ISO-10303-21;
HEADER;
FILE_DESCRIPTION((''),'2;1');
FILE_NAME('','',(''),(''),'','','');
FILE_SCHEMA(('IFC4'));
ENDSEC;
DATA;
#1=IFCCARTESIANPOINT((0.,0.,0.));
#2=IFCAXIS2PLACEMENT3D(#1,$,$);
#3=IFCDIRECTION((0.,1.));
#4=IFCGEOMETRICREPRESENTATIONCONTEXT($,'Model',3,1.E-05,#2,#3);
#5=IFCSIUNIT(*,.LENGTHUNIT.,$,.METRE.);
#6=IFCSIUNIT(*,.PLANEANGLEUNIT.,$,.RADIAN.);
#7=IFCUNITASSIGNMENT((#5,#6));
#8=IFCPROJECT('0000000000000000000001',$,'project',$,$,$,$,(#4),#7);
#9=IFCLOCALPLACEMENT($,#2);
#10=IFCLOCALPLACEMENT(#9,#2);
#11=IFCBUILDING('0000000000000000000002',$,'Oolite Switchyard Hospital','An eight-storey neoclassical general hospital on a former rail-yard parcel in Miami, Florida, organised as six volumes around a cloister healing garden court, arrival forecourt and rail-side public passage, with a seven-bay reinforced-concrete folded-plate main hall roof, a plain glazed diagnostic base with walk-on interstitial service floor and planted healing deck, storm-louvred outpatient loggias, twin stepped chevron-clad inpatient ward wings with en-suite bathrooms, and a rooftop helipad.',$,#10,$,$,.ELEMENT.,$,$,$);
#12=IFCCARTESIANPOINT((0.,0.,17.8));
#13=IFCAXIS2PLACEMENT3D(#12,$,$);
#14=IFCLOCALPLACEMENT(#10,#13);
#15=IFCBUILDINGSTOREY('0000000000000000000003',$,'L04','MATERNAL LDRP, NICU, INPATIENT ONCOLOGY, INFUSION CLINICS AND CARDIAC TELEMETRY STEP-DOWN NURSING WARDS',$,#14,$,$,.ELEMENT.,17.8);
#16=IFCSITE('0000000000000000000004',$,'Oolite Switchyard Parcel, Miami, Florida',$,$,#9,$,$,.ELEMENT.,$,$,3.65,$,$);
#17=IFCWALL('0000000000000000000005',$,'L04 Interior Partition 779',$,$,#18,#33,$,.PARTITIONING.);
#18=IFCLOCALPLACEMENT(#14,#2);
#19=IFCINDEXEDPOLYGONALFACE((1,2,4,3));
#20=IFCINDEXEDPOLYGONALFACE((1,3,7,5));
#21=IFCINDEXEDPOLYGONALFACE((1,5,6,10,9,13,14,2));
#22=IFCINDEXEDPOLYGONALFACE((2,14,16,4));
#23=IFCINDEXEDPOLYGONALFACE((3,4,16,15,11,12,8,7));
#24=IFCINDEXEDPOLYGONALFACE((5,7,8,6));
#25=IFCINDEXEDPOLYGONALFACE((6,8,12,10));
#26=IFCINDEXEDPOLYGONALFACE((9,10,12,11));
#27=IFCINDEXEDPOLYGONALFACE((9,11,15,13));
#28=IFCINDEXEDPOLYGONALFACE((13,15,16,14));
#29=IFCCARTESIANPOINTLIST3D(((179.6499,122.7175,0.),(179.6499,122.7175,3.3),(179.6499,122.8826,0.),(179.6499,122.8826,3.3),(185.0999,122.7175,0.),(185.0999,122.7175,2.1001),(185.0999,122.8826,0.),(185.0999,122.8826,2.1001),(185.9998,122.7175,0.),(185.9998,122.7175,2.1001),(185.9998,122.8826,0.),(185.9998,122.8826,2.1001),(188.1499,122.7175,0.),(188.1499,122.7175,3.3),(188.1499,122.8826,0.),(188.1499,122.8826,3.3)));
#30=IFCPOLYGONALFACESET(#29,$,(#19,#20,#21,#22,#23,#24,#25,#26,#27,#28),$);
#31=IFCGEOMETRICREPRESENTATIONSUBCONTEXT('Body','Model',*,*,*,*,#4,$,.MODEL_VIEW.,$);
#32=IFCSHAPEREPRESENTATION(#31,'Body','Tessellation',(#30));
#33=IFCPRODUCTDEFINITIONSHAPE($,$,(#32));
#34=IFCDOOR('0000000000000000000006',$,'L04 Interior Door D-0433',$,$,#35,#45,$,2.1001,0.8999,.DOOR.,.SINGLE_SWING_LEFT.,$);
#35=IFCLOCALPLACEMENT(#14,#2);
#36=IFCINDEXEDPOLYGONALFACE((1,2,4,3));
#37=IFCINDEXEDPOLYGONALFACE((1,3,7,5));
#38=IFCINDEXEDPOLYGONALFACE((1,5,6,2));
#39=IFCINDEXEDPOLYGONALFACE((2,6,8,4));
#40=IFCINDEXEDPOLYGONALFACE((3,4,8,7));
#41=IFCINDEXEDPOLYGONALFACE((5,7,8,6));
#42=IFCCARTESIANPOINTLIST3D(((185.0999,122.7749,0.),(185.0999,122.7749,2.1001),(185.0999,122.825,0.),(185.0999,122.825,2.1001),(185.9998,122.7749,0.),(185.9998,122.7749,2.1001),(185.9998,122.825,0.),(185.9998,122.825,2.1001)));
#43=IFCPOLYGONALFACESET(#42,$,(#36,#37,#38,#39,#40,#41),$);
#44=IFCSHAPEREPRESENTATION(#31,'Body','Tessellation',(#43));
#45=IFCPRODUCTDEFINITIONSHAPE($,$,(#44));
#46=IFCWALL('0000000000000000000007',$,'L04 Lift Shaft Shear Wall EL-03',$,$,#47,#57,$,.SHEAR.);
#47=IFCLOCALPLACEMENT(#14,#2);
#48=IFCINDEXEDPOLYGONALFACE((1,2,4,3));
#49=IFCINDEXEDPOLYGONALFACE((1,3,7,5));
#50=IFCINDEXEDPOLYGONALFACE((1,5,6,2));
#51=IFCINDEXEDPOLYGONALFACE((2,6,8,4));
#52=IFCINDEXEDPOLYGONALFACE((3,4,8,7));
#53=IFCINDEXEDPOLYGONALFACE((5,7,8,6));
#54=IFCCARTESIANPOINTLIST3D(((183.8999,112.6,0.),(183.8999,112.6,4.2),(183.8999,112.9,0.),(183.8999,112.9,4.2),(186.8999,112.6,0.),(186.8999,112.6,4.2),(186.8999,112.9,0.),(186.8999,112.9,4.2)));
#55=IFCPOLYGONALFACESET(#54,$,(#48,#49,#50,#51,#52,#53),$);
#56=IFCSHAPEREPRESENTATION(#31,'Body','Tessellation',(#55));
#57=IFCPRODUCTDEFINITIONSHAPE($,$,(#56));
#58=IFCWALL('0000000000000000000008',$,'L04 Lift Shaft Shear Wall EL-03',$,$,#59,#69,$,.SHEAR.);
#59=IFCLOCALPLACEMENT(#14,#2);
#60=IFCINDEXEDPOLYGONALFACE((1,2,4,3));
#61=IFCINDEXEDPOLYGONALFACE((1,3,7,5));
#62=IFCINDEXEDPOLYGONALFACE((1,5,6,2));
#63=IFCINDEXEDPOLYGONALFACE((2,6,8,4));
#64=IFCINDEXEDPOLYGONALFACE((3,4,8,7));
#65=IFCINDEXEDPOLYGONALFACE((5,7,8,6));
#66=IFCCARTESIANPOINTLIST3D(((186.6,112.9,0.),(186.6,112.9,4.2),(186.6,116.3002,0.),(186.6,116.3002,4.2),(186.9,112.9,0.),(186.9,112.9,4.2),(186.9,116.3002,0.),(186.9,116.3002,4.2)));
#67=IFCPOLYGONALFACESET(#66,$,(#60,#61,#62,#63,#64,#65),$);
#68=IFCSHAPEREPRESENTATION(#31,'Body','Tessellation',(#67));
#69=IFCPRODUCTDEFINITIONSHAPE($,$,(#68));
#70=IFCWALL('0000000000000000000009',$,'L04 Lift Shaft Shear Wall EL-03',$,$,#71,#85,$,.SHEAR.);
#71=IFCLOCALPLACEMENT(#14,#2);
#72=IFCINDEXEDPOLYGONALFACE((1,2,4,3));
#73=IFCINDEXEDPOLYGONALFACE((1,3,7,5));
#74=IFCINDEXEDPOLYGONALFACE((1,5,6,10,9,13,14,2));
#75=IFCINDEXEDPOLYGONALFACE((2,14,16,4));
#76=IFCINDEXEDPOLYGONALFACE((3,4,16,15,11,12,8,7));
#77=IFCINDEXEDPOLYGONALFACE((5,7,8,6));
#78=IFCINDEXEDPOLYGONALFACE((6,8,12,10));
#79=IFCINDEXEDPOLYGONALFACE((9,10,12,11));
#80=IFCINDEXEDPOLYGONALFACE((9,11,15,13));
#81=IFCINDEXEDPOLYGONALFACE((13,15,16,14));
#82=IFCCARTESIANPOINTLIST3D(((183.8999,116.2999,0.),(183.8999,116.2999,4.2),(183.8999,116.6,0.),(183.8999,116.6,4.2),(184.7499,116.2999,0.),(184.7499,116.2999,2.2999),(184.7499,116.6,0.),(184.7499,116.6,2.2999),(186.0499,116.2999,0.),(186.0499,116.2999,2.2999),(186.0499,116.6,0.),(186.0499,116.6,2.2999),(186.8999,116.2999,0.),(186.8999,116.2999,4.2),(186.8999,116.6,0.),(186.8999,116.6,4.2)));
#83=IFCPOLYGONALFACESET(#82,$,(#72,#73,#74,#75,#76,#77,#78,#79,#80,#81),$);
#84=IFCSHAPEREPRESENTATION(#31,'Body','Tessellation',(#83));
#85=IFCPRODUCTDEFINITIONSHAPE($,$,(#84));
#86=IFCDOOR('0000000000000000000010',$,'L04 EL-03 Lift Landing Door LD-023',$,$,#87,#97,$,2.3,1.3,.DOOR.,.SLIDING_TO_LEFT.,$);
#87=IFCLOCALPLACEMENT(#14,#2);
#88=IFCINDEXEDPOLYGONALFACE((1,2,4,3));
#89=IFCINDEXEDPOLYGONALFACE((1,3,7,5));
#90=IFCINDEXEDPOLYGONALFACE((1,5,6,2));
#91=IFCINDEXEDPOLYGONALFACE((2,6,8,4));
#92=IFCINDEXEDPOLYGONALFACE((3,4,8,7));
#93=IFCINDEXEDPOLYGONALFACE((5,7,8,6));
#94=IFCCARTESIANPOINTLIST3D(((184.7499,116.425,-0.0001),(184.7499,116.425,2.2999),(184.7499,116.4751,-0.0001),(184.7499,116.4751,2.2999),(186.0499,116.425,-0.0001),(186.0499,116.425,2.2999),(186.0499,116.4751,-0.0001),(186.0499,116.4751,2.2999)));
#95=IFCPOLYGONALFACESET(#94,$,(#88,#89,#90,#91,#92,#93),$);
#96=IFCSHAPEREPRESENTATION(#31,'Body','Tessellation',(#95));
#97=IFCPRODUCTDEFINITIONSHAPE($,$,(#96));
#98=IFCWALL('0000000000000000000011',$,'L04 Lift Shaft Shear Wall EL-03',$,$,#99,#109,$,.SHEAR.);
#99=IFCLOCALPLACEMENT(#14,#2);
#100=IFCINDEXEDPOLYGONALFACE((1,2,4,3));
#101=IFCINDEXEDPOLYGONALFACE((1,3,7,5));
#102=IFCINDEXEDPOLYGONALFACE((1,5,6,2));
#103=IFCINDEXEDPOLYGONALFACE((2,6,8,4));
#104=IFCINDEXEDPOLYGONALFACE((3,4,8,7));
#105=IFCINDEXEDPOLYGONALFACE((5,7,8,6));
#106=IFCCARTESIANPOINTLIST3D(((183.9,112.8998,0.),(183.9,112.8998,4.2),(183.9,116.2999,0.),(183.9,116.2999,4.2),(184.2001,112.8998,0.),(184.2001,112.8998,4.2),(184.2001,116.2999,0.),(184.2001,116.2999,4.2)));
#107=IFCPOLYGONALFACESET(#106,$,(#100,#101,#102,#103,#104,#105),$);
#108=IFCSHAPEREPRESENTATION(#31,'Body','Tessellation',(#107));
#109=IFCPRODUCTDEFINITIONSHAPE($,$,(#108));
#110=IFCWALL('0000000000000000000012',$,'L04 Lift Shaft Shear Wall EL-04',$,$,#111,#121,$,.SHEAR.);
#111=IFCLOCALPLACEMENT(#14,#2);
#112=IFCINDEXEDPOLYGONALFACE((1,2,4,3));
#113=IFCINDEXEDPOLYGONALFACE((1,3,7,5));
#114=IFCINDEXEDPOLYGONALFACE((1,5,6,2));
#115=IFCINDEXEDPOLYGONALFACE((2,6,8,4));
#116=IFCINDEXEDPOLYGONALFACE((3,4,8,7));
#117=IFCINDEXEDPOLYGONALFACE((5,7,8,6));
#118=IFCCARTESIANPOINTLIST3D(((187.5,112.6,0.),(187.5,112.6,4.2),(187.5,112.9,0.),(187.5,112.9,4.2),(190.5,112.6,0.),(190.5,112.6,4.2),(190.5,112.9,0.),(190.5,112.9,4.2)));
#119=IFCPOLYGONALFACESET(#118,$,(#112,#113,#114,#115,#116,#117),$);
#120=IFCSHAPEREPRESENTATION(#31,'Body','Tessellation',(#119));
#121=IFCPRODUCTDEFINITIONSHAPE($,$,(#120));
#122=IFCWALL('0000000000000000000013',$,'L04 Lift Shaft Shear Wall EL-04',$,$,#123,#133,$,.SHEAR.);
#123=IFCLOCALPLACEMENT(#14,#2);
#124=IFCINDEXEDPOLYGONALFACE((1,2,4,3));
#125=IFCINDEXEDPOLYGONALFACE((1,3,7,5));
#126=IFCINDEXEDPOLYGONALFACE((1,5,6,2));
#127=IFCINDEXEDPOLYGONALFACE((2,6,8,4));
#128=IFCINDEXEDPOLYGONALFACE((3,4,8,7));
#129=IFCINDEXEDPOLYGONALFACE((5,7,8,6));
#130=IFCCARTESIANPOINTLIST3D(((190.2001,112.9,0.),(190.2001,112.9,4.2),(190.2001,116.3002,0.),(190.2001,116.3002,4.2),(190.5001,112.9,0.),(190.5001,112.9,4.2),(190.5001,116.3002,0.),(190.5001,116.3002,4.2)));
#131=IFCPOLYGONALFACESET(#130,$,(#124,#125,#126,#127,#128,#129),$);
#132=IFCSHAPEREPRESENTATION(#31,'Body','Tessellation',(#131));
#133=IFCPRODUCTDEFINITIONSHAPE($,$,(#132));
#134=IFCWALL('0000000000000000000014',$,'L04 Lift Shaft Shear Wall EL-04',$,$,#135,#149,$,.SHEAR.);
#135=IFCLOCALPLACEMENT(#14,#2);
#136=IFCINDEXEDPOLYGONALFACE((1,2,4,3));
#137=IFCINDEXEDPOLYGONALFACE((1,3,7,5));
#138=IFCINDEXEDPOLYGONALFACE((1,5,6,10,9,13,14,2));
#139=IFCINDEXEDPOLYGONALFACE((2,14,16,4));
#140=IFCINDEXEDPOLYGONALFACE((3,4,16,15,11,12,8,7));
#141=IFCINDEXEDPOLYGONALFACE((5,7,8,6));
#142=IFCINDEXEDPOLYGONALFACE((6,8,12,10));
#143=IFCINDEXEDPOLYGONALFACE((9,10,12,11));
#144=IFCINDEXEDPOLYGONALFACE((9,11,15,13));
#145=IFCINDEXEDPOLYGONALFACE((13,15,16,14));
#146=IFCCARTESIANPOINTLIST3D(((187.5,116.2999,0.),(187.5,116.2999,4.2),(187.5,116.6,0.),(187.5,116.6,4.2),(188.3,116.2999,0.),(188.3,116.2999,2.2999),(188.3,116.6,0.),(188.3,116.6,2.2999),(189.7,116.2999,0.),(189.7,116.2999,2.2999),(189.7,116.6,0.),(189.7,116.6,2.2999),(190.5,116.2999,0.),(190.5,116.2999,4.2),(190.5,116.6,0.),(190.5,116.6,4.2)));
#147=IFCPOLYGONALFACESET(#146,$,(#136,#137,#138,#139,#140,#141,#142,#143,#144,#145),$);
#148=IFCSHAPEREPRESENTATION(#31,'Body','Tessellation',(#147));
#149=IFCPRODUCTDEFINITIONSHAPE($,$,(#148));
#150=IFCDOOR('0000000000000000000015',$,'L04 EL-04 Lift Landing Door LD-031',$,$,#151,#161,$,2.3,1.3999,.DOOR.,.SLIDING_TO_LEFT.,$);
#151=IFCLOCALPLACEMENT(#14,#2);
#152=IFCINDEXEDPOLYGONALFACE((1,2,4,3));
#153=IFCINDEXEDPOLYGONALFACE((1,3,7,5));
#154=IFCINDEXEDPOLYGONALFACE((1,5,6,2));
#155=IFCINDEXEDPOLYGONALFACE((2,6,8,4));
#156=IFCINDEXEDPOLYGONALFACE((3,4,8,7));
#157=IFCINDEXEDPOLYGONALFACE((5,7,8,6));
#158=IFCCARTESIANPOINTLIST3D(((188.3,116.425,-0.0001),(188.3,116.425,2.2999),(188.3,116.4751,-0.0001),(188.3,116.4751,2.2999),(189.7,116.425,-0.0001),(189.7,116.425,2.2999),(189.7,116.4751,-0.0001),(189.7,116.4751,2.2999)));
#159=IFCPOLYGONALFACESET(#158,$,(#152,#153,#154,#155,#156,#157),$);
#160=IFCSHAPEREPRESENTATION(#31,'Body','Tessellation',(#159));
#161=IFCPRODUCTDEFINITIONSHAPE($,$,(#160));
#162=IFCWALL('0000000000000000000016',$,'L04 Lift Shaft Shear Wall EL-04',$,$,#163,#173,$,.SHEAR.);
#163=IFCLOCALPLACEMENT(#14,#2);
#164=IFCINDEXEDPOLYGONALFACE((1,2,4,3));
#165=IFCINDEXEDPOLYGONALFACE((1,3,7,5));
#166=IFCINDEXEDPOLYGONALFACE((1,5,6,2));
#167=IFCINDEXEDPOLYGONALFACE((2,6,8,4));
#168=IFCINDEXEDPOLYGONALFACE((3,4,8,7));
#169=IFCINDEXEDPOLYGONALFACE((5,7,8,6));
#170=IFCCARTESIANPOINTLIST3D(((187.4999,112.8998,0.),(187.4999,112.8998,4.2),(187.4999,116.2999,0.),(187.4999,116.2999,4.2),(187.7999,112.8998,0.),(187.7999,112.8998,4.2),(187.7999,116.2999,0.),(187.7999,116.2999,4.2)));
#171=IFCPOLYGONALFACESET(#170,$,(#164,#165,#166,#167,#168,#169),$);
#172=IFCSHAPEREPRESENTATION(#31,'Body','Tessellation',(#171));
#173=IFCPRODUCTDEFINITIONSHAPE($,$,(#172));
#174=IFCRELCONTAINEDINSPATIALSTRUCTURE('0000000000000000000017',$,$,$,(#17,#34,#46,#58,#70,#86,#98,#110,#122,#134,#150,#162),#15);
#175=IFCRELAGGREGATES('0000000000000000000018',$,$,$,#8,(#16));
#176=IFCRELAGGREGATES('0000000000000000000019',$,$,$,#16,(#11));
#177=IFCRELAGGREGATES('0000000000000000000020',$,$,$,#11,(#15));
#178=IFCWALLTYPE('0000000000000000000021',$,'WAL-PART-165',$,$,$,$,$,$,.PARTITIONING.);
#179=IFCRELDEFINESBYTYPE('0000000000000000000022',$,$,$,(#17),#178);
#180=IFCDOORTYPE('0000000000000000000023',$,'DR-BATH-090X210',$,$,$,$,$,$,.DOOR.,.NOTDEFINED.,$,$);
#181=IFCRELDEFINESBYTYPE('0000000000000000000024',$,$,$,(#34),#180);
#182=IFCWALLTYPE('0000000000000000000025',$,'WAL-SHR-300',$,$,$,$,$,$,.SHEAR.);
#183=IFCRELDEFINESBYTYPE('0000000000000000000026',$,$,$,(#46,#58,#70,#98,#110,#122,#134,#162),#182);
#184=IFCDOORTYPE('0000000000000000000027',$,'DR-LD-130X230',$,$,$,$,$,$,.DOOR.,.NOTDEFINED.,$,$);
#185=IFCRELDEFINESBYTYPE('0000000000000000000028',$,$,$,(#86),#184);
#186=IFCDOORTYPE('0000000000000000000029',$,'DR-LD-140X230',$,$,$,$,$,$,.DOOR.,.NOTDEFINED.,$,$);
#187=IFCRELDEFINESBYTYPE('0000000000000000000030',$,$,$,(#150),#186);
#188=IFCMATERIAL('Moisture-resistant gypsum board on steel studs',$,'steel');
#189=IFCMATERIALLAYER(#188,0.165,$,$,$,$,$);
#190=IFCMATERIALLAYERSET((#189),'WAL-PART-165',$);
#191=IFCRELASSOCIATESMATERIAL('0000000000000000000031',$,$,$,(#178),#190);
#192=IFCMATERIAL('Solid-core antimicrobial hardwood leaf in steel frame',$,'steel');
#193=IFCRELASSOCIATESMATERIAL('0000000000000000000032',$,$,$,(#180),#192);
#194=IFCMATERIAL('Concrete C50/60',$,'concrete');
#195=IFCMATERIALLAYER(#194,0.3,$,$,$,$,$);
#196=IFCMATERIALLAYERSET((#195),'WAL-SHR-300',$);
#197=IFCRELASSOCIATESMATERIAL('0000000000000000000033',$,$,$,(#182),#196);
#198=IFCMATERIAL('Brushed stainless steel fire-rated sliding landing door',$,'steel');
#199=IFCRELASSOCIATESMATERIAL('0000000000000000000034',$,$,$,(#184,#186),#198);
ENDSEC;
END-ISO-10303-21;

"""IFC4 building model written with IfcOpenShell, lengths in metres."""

from ifc_helpers import new_model, si_unit, direction, frame, frame_2d, origin, place, context, subcontext, project, spatial, rectangle, extrude, material, layer, layer_set, type_object, element, fill, save


model = new_model("IFC4")

# Units and contexts
model_context = context("Model", 3, precision=1e-05, world=origin(), true_north=direction((0.0, 1.0)))
body_context = subcontext(model_context, "Body", "Model", "MODEL_VIEW")
ifc_project = project(units=[si_unit("LENGTHUNIT", "METRE"), si_unit("PLANEANGLEUNIT", "RADIAN")], contexts=[model_context])

# Site, building, storey
site_placement = place(None, origin())
site = spatial("IfcSite", under=ifc_project, at=site_placement, Name="Oolite Switchyard Parcel, Miami, Florida", CompositionType="ELEMENT", RefElevation=3.65)
building_placement = place(site_placement, origin())
building = spatial("IfcBuilding", under=site, at=building_placement, Name="Oolite Switchyard Hospital", Description="An eight-storey neoclassical general hospital on a former rail-yard parcel in Miami, Florida, organised as six volumes around a cloister healing garden court, arrival forecourt and rail-side public passage, with a seven-bay reinforced-concrete folded-plate main hall roof, a plain glazed diagnostic base with walk-on interstitial service floor and planted healing deck, storm-louvred outpatient loggias, twin stepped chevron-clad inpatient ward wings with en-suite bathrooms, and a rooftop helipad.", CompositionType="ELEMENT")
storey_placement = place(building_placement, frame((0.0, 0.0, 17.8)))
storey = spatial("IfcBuildingStorey", under=building, at=storey_placement, Name="L04", Description="MATERNAL LDRP, NICU, INPATIENT ONCOLOGY, INFUSION CLINICS AND CARDIAC TELEMETRY STEP-DOWN NURSING WARDS", CompositionType="ELEMENT", Elevation=17.8)

# Shared definitions
ifc_material_1 = material(Name="Concrete C50/60", Category="concrete")

# Wall, opening, door
ifc_material_2 = material(Name="Moisture-resistant gypsum board on steel studs", Category="steel")
ifc_layer_1 = layer(ifc_material_2, 0.165)
ifc_layer_set_1 = layer_set([ifc_layer_1], Name="WAL-PART-165")
wall_type_1 = type_object("IfcWallType", Name="WAL-PART-165", PredefinedType="PARTITIONING", material=ifc_layer_set_1)
wall_1_placement = place(storey_placement, frame((179.6499, 122.8, 0.0), z_axis=(0.0, 0.0, 1.0), x_axis=(1.0, 0.0, 0.0)))
wall_1 = element("IfcWall", 1, at=wall_1_placement, inside=storey, type_object=wall_type_1, Name="L04 Interior Partition 779", PredefinedType="PARTITIONING", context=body_context, shape_type="SweptSolid", body=[
    extrude(rectangle(XDim=8.5, YDim=0.165, at=frame_2d((4.25, 0.0))), origin(), (0.0, 0.0, 1.0), 3.3),
])
opening_1_placement = place(wall_1_placement, frame((5.45, 0.0, 0.0)))
opening_1 = element("IfcOpeningElement", 2, at=opening_1_placement, cuts=wall_1, PredefinedType="OPENING", context=body_context, shape_type="SweptSolid", body=[
    extrude(rectangle(XDim=0.8999, YDim=2.1001, at=frame_2d((0.45, 1.05))), frame((0.0, 0.0925, 0.0), z_axis=(0.0, -1.0, 0.0), x_axis=(1.0, 0.0, 0.0)), (0.0, 0.0, 1.0), 0.1851),
])
ifc_material_3 = material(Name="Solid-core antimicrobial hardwood leaf in steel frame", Category="steel")
door_type_1 = type_object("IfcDoorType", Name="DR-BATH-090X210", OperationType="NOTDEFINED", PredefinedType="DOOR", material=ifc_material_3)
door_1_placement = place(opening_1_placement, origin())
door_1 = element("IfcDoor", 3, at=door_1_placement, inside=storey, type_object=door_type_1, Name="L04 Interior Door D-0433", OperationType="SINGLE_SWING_LEFT", OverallHeight=2.1001, OverallWidth=0.8999, PredefinedType="DOOR", context=body_context, shape_type="SweptSolid", body=[
    extrude(rectangle(XDim=0.8999, YDim=2.1001, at=frame_2d((0.45, 1.05))), frame((0.0, 0.0249, 0.0), z_axis=(0.0, -1.0, 0.0), x_axis=(1.0, 0.0, 0.0)), (0.0, 0.0, 1.0), 0.05),
])
fill(opening_1, door_1)

# Walls
ifc_layer_2 = layer(ifc_material_1, 0.3)
ifc_layer_set_2 = layer_set([ifc_layer_2], Name="WAL-SHR-300")
wall_type_2 = type_object("IfcWallType", Name="WAL-SHR-300", PredefinedType="SHEAR", material=ifc_layer_set_2)
wall_2_placement = place(storey_placement, frame((183.8999, 112.75, 0.0), z_axis=(0.0, 0.0, 1.0), x_axis=(1.0, 0.0, 0.0)))
element("IfcWall", 4, at=wall_2_placement, inside=storey, type_object=wall_type_2, Name="L04 Lift Shaft Shear Wall EL-03", PredefinedType="SHEAR", context=body_context, shape_type="SweptSolid", body=[
    extrude(rectangle(XDim=3.0, YDim=0.3, at=frame_2d((1.5, 0.0))), origin(), (0.0, 0.0, 1.0), 4.2),
])
wall_3_placement = place(storey_placement, frame((186.75, 112.8999, 0.0), z_axis=(0.0, 0.0, 1.0), x_axis=(0.0, 1.0, 0.0)))
element("IfcWall", 5, at=wall_3_placement, inside=storey, type_object=wall_type_2, Name="L04 Lift Shaft Shear Wall EL-03", PredefinedType="SHEAR", context=body_context, shape_type="SweptSolid", body=[
    extrude(rectangle(XDim=3.4001, YDim=0.3, at=frame_2d((1.7002, 0.0))), origin(), (0.0, 0.0, 1.0), 4.2),
])

# Wall, opening, door
wall_4_placement = place(storey_placement, frame((186.8999, 116.45, 0.0), z_axis=(0.0, 0.0, 1.0), x_axis=(-1.0, 0.0, 0.0)))
wall_4 = element("IfcWall", 6, at=wall_4_placement, inside=storey, type_object=wall_type_2, Name="L04 Lift Shaft Shear Wall EL-03", PredefinedType="SHEAR", context=body_context, shape_type="SweptSolid", body=[
    extrude(rectangle(XDim=3.0, YDim=0.3, at=frame_2d((1.5, 0.0))), origin(), (0.0, 0.0, 1.0), 4.2),
])
opening_2_placement = place(wall_4_placement, frame((0.8501, 0.0, 0.0)))
opening_2 = element("IfcOpeningElement", 7, at=opening_2_placement, cuts=wall_4, PredefinedType="OPENING", context=body_context, shape_type="SweptSolid", body=[
    extrude(rectangle(XDim=1.3, YDim=2.3, at=frame_2d((0.6499, 1.1499))), frame((0.0, 0.1602, 0.0), z_axis=(0.0, -1.0, 0.0), x_axis=(1.0, 0.0, 0.0)), (0.0, 0.0, 1.0), 0.3201),
])
ifc_material_4 = material(Name="Brushed stainless steel fire-rated sliding landing door", Category="steel")
door_type_2 = type_object("IfcDoorType", Name="DR-LD-130X230", OperationType="NOTDEFINED", PredefinedType="DOOR", material=ifc_material_4)
door_2_placement = place(opening_2_placement, origin())
door_2 = element("IfcDoor", 8, at=door_2_placement, inside=storey, type_object=door_type_2, Name="L04 EL-03 Lift Landing Door LD-023", OperationType="SLIDING_TO_LEFT", OverallHeight=2.3, OverallWidth=1.3, PredefinedType="DOOR", context=body_context, shape_type="SweptSolid", body=[
    extrude(rectangle(XDim=1.3, YDim=2.3, at=frame_2d((0.6499, 1.1499))), frame((0.0, 0.0249, 0.0), z_axis=(0.0, -1.0, 0.0), x_axis=(1.0, 0.0, 0.0)), (0.0, 0.0, 1.0), 0.05),
])
fill(opening_2, door_2)

# Walls
wall_5_placement = place(storey_placement, frame((184.05, 116.3, 0.0), z_axis=(0.0, 0.0, 1.0), x_axis=(0.0, -1.0, 0.0)))
element("IfcWall", 9, at=wall_5_placement, inside=storey, type_object=wall_type_2, Name="L04 Lift Shaft Shear Wall EL-03", PredefinedType="SHEAR", context=body_context, shape_type="SweptSolid", body=[
    extrude(rectangle(XDim=3.4001, YDim=0.3, at=frame_2d((1.7002, 0.0))), origin(), (0.0, 0.0, 1.0), 4.2),
])
wall_6_placement = place(storey_placement, frame((187.5, 112.75, 0.0), z_axis=(0.0, 0.0, 1.0), x_axis=(1.0, 0.0, 0.0)))
element("IfcWall", 10, at=wall_6_placement, inside=storey, type_object=wall_type_2, Name="L04 Lift Shaft Shear Wall EL-04", PredefinedType="SHEAR", context=body_context, shape_type="SweptSolid", body=[
    extrude(rectangle(XDim=3.0, YDim=0.3, at=frame_2d((1.5, 0.0))), origin(), (0.0, 0.0, 1.0), 4.2),
])
wall_7_placement = place(storey_placement, frame((190.3501, 112.8999, 0.0), z_axis=(0.0, 0.0, 1.0), x_axis=(0.0, 1.0, 0.0)))
element("IfcWall", 11, at=wall_7_placement, inside=storey, type_object=wall_type_2, Name="L04 Lift Shaft Shear Wall EL-04", PredefinedType="SHEAR", context=body_context, shape_type="SweptSolid", body=[
    extrude(rectangle(XDim=3.4001, YDim=0.3, at=frame_2d((1.7002, 0.0))), origin(), (0.0, 0.0, 1.0), 4.2),
])

# Wall, opening, door
wall_8_placement = place(storey_placement, frame((190.5, 116.45, 0.0), z_axis=(0.0, 0.0, 1.0), x_axis=(-1.0, 0.0, 0.0)))
wall_8 = element("IfcWall", 12, at=wall_8_placement, inside=storey, type_object=wall_type_2, Name="L04 Lift Shaft Shear Wall EL-04", PredefinedType="SHEAR", context=body_context, shape_type="SweptSolid", body=[
    extrude(rectangle(XDim=3.0, YDim=0.3, at=frame_2d((1.5, 0.0))), origin(), (0.0, 0.0, 1.0), 4.2),
])
opening_3_placement = place(wall_8_placement, frame((0.8, 0.0, 0.0)))
opening_3 = element("IfcOpeningElement", 13, at=opening_3_placement, cuts=wall_8, PredefinedType="OPENING", context=body_context, shape_type="SweptSolid", body=[
    extrude(rectangle(XDim=1.3999, YDim=2.3, at=frame_2d((0.7, 1.1499))), frame((0.0, 0.1602, 0.0), z_axis=(0.0, -1.0, 0.0), x_axis=(1.0, 0.0, 0.0)), (0.0, 0.0, 1.0), 0.3201),
])
door_type_3 = type_object("IfcDoorType", Name="DR-LD-140X230", OperationType="NOTDEFINED", PredefinedType="DOOR", material=ifc_material_4)
door_3_placement = place(opening_3_placement, origin())
door_3 = element("IfcDoor", 14, at=door_3_placement, inside=storey, type_object=door_type_3, Name="L04 EL-04 Lift Landing Door LD-031", OperationType="SLIDING_TO_LEFT", OverallHeight=2.3, OverallWidth=1.3999, PredefinedType="DOOR", context=body_context, shape_type="SweptSolid", body=[
    extrude(rectangle(XDim=1.3999, YDim=2.3, at=frame_2d((0.7, 1.1499))), frame((0.0, 0.0249, 0.0), z_axis=(0.0, -1.0, 0.0), x_axis=(1.0, 0.0, 0.0)), (0.0, 0.0, 1.0), 0.05),
])
fill(opening_3, door_3)

# Wall
wall_9_placement = place(storey_placement, frame((187.6499, 116.3, 0.0), z_axis=(0.0, 0.0, 1.0), x_axis=(0.0, -1.0, 0.0)))
element("IfcWall", 15, at=wall_9_placement, inside=storey, type_object=wall_type_2, Name="L04 Lift Shaft Shear Wall EL-04", PredefinedType="SHEAR", context=body_context, shape_type="SweptSolid", body=[
    extrude(rectangle(XDim=3.4001, YDim=0.3, at=frame_2d((1.7002, 0.0))), origin(), (0.0, 0.0, 1.0), 4.2),
])

save(model, "model.ifc")
